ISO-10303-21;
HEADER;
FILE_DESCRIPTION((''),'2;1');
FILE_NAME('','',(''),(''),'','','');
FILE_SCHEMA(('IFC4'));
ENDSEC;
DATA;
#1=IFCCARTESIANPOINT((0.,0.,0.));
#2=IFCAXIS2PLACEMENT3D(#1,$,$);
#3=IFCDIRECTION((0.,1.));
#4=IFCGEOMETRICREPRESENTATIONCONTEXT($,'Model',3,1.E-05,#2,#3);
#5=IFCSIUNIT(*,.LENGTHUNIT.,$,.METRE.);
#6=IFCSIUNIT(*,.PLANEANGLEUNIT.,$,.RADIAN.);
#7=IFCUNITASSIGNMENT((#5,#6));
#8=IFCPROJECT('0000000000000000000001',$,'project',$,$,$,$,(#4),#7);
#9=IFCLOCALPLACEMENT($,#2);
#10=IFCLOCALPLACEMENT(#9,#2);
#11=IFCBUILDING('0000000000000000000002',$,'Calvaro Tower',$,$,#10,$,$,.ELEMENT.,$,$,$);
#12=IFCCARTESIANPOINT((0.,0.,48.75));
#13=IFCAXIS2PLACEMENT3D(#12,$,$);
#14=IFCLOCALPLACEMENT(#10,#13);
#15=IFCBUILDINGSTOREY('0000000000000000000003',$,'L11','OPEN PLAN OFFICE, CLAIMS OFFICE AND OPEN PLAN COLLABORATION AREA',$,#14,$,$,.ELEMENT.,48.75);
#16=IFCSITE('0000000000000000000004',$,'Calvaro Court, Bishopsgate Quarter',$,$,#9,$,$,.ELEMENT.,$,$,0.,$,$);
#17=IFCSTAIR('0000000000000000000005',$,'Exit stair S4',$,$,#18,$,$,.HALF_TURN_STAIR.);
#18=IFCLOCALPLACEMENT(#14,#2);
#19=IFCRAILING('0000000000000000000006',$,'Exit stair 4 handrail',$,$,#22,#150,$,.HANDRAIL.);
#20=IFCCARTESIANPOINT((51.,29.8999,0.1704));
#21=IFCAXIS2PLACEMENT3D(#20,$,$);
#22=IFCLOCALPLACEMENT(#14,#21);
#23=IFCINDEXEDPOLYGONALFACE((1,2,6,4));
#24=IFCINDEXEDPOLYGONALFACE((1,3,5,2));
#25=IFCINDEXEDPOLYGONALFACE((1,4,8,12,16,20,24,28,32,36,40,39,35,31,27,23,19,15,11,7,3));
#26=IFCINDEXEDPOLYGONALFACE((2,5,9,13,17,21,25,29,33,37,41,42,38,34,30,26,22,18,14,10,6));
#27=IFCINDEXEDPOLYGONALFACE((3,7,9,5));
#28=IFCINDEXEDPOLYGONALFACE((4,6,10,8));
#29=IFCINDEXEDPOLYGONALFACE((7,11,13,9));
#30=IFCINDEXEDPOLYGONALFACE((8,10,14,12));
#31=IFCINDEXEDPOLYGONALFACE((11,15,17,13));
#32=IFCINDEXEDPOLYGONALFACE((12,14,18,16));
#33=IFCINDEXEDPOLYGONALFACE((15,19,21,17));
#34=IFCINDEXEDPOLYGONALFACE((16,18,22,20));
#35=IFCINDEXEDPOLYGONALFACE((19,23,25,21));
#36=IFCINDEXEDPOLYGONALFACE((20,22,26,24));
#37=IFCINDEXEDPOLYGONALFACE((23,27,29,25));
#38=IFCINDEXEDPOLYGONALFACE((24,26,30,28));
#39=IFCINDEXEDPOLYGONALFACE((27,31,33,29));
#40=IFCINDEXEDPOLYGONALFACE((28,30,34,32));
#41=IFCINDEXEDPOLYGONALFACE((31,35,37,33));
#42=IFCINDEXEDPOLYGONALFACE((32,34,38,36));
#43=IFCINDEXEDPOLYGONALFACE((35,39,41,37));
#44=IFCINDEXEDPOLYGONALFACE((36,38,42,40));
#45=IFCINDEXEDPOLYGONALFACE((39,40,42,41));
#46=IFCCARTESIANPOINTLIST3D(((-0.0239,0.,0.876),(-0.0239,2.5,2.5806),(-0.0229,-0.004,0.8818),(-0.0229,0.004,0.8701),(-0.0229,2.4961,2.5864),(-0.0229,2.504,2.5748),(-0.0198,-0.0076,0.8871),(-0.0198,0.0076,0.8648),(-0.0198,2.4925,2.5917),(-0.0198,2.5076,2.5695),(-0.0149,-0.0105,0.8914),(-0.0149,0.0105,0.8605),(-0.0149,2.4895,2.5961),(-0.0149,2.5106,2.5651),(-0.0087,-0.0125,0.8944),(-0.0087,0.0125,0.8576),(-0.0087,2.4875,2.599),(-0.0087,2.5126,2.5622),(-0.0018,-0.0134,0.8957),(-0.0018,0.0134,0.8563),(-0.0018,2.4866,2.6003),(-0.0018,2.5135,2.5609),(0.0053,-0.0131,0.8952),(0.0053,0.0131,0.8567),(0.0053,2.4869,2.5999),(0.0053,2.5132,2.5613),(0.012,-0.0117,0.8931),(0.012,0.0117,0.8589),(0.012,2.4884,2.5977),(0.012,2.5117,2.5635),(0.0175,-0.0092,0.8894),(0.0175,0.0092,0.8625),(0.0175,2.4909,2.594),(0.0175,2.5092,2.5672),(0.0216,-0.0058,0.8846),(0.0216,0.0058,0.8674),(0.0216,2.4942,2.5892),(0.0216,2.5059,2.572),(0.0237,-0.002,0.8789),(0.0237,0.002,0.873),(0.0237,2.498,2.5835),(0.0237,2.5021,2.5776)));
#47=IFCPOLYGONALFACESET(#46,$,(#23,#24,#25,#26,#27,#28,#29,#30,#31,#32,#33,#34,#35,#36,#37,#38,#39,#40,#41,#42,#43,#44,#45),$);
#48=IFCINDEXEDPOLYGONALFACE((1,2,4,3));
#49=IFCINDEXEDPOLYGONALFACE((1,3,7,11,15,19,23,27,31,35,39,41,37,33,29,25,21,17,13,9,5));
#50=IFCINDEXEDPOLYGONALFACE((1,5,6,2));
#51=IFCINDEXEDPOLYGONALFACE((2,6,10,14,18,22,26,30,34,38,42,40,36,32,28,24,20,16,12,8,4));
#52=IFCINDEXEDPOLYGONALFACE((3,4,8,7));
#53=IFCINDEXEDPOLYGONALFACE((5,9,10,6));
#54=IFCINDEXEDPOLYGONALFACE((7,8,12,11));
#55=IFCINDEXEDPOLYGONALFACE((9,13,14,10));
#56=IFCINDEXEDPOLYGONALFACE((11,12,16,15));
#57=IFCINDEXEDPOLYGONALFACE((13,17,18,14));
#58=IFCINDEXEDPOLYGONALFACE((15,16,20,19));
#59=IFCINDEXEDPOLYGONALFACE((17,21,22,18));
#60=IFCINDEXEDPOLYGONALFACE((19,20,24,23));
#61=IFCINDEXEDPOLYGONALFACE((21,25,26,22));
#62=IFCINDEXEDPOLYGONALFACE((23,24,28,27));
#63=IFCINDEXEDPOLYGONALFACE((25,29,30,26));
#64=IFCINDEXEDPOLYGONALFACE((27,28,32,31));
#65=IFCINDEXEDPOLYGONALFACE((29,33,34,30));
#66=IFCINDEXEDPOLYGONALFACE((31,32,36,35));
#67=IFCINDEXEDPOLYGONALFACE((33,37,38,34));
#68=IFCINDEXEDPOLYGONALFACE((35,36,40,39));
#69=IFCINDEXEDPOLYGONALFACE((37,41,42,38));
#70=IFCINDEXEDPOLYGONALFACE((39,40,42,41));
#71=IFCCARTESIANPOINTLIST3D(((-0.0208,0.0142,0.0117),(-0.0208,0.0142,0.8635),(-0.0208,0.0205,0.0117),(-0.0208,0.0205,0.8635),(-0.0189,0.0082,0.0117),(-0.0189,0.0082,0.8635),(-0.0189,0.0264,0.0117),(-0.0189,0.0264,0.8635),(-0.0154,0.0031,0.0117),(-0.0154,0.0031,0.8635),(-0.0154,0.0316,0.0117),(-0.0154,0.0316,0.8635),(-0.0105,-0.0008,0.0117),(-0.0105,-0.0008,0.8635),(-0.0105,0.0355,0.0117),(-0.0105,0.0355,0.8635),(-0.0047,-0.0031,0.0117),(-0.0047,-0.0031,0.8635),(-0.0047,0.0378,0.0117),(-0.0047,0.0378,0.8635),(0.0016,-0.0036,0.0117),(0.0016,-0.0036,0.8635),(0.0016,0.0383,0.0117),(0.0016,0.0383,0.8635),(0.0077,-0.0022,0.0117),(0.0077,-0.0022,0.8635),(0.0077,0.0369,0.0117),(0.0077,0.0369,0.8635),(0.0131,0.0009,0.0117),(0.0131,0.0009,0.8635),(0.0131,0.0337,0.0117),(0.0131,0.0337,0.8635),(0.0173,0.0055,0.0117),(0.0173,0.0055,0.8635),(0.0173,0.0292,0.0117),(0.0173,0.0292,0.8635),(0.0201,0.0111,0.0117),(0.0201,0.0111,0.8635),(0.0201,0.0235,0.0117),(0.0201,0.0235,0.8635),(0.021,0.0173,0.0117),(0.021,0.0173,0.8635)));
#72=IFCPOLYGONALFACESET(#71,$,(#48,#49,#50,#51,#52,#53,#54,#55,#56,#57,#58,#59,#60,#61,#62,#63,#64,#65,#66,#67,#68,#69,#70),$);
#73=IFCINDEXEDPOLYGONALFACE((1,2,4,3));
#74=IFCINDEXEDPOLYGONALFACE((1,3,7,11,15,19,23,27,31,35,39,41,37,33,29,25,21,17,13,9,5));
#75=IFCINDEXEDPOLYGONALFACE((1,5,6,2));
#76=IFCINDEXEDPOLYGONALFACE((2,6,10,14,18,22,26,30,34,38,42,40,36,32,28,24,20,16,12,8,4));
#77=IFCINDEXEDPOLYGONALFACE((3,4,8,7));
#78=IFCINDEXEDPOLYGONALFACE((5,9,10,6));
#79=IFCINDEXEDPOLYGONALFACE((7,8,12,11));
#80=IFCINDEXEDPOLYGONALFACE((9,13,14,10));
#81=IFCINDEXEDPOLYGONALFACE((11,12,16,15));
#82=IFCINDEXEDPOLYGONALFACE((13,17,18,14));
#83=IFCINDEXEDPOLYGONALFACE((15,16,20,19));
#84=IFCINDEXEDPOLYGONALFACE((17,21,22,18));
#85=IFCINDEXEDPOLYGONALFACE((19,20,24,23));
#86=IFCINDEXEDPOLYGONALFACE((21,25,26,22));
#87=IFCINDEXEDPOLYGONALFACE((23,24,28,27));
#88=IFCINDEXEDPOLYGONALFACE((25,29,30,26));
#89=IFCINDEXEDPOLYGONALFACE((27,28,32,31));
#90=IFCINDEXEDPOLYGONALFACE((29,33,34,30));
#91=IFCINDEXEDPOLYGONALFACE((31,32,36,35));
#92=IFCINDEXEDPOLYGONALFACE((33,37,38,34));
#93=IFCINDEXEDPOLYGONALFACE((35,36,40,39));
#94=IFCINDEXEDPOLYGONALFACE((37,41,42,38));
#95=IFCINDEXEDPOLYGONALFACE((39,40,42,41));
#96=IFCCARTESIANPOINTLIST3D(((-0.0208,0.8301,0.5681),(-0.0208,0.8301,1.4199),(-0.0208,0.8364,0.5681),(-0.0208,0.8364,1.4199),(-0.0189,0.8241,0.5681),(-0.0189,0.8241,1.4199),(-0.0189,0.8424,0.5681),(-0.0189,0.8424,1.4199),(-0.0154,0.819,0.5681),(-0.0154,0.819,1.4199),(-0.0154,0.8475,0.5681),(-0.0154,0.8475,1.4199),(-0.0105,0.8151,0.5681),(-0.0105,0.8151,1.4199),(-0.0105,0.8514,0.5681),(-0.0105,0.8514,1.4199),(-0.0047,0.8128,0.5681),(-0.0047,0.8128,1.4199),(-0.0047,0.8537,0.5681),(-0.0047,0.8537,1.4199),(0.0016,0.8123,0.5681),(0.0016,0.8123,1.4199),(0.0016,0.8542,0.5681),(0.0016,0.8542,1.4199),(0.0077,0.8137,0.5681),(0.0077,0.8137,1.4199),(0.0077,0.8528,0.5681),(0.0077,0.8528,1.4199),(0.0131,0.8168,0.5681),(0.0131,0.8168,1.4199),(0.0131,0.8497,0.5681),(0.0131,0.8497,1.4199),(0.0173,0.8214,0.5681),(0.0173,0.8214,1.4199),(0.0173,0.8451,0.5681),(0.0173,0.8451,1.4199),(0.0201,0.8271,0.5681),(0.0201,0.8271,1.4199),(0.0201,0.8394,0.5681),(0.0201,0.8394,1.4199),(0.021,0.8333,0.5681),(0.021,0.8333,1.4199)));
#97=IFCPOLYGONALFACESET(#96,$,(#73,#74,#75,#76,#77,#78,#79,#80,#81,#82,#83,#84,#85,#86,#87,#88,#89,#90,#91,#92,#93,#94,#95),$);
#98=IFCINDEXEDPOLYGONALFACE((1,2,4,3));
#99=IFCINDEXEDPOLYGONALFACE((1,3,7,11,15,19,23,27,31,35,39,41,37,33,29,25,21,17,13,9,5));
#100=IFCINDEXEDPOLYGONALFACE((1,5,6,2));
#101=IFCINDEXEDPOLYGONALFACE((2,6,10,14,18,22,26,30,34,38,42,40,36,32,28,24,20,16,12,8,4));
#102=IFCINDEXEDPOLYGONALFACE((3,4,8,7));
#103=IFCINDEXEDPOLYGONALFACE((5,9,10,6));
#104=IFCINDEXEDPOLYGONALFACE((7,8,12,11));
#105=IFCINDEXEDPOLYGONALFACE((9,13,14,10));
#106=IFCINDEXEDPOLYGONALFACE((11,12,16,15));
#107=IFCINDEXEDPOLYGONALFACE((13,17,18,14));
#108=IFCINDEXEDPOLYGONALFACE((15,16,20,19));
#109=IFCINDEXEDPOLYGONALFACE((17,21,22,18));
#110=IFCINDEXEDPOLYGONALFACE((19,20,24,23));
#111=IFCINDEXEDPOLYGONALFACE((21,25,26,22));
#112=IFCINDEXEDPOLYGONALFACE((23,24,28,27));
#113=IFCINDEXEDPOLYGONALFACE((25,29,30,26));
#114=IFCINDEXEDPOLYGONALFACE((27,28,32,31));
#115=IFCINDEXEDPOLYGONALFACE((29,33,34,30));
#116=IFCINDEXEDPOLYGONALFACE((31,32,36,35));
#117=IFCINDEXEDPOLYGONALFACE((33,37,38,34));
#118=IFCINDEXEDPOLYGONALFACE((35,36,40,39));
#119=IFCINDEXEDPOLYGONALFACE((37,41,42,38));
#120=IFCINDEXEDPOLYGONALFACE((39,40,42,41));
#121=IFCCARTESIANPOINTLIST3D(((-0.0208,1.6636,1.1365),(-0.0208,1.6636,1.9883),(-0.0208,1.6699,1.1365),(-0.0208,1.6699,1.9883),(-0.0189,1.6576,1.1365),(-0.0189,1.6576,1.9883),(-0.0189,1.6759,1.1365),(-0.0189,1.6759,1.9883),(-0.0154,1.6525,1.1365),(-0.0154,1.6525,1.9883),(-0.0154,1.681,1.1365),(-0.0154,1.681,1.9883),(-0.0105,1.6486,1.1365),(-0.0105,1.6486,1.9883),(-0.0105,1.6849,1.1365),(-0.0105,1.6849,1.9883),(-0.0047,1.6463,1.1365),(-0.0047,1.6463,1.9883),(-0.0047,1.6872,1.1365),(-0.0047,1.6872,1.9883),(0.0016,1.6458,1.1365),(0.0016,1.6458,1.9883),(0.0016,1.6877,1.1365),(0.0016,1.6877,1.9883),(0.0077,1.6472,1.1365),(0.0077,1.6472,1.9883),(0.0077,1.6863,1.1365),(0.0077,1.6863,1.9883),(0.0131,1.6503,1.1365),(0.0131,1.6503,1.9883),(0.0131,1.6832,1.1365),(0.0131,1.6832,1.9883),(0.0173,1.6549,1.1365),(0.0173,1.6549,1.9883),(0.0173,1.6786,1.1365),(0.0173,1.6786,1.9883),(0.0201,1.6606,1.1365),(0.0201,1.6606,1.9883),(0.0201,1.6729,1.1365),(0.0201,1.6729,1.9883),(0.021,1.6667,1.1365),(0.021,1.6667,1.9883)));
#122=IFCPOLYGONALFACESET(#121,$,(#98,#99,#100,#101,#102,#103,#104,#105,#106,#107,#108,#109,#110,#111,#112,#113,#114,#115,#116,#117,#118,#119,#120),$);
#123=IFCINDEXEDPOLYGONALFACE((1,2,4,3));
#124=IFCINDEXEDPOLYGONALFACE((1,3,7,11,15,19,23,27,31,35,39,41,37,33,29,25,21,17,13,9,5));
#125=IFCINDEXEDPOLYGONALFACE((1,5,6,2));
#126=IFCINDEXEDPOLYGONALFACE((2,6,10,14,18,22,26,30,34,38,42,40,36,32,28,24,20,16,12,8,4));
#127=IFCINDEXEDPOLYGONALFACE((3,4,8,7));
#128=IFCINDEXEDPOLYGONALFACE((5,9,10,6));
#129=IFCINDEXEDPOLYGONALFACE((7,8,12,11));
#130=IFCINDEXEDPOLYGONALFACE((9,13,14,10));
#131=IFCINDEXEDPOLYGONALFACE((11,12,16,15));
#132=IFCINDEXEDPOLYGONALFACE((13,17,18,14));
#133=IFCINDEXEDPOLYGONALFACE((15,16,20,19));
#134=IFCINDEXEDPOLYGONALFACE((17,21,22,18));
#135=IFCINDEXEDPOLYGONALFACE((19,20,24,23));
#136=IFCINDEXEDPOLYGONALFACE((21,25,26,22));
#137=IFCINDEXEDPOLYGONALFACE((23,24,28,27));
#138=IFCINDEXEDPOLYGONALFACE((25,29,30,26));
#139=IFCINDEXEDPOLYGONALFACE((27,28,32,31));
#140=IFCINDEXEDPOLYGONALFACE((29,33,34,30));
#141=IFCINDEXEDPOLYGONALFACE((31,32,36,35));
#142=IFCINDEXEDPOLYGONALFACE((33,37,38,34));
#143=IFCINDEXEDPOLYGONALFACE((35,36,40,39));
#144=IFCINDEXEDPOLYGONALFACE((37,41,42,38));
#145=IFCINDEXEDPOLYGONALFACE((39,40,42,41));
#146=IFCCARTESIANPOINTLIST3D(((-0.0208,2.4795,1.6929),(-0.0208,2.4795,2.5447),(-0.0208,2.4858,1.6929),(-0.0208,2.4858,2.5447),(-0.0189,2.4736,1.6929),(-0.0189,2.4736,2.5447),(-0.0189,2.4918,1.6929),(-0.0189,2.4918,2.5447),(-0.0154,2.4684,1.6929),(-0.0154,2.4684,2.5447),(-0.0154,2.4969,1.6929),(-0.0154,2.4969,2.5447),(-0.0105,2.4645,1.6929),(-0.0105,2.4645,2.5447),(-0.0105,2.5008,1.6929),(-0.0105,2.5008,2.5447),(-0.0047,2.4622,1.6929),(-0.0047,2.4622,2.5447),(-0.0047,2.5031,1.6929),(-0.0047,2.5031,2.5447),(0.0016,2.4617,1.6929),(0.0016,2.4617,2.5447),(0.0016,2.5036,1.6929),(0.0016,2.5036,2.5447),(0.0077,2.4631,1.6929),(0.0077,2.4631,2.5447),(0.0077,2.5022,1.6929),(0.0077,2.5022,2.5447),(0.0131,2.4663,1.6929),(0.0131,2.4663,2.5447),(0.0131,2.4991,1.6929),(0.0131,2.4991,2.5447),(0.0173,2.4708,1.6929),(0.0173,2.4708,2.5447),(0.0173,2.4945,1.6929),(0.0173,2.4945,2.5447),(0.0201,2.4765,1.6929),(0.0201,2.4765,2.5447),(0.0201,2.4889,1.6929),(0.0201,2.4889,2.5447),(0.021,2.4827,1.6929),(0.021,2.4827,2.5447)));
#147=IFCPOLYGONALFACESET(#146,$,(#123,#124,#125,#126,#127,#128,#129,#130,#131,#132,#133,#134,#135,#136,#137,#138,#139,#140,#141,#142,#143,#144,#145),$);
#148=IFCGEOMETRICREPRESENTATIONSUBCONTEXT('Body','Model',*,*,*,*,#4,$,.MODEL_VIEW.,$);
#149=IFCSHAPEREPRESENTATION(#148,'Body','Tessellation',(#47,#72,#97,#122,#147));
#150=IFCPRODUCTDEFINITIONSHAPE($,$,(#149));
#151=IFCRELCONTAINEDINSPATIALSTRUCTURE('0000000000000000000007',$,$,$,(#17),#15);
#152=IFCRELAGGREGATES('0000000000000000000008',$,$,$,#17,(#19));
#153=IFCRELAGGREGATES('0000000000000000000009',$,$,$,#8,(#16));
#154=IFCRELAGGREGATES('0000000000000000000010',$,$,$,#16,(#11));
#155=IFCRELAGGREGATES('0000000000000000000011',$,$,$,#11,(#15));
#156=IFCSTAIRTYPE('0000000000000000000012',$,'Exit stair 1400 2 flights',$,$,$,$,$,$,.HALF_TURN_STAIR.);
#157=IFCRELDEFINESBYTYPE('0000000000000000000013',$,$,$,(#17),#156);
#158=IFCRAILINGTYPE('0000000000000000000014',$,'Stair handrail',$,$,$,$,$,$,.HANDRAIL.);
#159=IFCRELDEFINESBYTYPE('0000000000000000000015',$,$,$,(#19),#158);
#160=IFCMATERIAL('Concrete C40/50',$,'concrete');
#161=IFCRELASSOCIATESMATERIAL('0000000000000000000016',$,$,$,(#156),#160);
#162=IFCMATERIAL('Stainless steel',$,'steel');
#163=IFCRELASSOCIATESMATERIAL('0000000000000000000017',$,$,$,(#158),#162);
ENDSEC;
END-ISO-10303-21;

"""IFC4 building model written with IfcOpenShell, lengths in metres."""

from ifc_helpers import new_model, si_unit, direction, frame, origin, origin_2d, place, context, subcontext, project, spatial, circle, extrude, material, type_object, element, aggregate, save


model = new_model("IFC4")

# Units and contexts
model_context = context("Model", 3, precision=1e-05, world=origin(), true_north=direction((0.0, 1.0)))
body_context = subcontext(model_context, "Body", "Model", "MODEL_VIEW")
ifc_project = project(units=[si_unit("LENGTHUNIT", "METRE"), si_unit("PLANEANGLEUNIT", "RADIAN")], contexts=[model_context])

# Site, building, storey
site_placement = place(None, origin())
site = spatial("IfcSite", under=ifc_project, at=site_placement, Name="Calvaro Court, Bishopsgate Quarter", CompositionType="ELEMENT", RefElevation=0.0)
building_placement = place(site_placement, origin())
building = spatial("IfcBuilding", under=site, at=building_placement, Name="Calvaro Tower", CompositionType="ELEMENT")
storey_placement = place(building_placement, frame((0.0, 0.0, 48.75)))
storey = spatial("IfcBuildingStorey", under=building, at=storey_placement, Name="L11", Description="OPEN PLAN OFFICE, CLAIMS OFFICE AND OPEN PLAN COLLABORATION AREA", CompositionType="ELEMENT", Elevation=48.75)

# Stair
ifc_material_1 = material(Name="Concrete C40/50", Category="concrete")
stair_type = type_object("IfcStairType", Name="Exit stair 1400 2 flights", PredefinedType="HALF_TURN_STAIR", material=ifc_material_1)
stair_1_placement = place(storey_placement, origin())
stair_1 = element("IfcStair", 1, at=stair_1_placement, inside=storey, type_object=stair_type, Name="Exit stair S4", PredefinedType="HALF_TURN_STAIR")

# Railing
ifc_material_2 = material(Name="Stainless steel", Category="steel")
railing_type = type_object("IfcRailingType", Name="Stair handrail", PredefinedType="HANDRAIL", material=ifc_material_2)
railing_1_placement = place(storey_placement, frame((51.0, 29.8999, 0.1704)))
railing_1 = element("IfcRailing", 2, at=railing_1_placement, type_object=railing_type, Name="Exit stair 4 handrail", PredefinedType="HANDRAIL", context=body_context, shape_type="SweptSolid", body=[
    extrude(circle(Radius=0.0239, at=origin_2d()), frame((0.0, 0.0, 0.876), z_axis=(0.0, 0.826221, 0.563347), x_axis=(-1.0, 0.0, 0.0)), (0.0, 0.0, 1.0), 3.0259),
    extrude(circle(Radius=0.021, at=origin_2d()), frame((0.0, 0.0173, 0.0117)), (0.0, 0.0, 1.0), 0.8518),
    extrude(circle(Radius=0.021, at=origin_2d()), frame((0.0, 0.8333, 0.5681)), (0.0, 0.0, 1.0), 0.8518),
    extrude(circle(Radius=0.021, at=origin_2d()), frame((0.0, 1.6667, 1.1365)), (0.0, 0.0, 1.0), 0.8518),
    extrude(circle(Radius=0.021, at=origin_2d()), frame((0.0, 2.4827, 1.6929)), (0.0, 0.0, 1.0), 0.8518),
])
aggregate(stair_1, [railing_1])

save(model, "model.ifc")
